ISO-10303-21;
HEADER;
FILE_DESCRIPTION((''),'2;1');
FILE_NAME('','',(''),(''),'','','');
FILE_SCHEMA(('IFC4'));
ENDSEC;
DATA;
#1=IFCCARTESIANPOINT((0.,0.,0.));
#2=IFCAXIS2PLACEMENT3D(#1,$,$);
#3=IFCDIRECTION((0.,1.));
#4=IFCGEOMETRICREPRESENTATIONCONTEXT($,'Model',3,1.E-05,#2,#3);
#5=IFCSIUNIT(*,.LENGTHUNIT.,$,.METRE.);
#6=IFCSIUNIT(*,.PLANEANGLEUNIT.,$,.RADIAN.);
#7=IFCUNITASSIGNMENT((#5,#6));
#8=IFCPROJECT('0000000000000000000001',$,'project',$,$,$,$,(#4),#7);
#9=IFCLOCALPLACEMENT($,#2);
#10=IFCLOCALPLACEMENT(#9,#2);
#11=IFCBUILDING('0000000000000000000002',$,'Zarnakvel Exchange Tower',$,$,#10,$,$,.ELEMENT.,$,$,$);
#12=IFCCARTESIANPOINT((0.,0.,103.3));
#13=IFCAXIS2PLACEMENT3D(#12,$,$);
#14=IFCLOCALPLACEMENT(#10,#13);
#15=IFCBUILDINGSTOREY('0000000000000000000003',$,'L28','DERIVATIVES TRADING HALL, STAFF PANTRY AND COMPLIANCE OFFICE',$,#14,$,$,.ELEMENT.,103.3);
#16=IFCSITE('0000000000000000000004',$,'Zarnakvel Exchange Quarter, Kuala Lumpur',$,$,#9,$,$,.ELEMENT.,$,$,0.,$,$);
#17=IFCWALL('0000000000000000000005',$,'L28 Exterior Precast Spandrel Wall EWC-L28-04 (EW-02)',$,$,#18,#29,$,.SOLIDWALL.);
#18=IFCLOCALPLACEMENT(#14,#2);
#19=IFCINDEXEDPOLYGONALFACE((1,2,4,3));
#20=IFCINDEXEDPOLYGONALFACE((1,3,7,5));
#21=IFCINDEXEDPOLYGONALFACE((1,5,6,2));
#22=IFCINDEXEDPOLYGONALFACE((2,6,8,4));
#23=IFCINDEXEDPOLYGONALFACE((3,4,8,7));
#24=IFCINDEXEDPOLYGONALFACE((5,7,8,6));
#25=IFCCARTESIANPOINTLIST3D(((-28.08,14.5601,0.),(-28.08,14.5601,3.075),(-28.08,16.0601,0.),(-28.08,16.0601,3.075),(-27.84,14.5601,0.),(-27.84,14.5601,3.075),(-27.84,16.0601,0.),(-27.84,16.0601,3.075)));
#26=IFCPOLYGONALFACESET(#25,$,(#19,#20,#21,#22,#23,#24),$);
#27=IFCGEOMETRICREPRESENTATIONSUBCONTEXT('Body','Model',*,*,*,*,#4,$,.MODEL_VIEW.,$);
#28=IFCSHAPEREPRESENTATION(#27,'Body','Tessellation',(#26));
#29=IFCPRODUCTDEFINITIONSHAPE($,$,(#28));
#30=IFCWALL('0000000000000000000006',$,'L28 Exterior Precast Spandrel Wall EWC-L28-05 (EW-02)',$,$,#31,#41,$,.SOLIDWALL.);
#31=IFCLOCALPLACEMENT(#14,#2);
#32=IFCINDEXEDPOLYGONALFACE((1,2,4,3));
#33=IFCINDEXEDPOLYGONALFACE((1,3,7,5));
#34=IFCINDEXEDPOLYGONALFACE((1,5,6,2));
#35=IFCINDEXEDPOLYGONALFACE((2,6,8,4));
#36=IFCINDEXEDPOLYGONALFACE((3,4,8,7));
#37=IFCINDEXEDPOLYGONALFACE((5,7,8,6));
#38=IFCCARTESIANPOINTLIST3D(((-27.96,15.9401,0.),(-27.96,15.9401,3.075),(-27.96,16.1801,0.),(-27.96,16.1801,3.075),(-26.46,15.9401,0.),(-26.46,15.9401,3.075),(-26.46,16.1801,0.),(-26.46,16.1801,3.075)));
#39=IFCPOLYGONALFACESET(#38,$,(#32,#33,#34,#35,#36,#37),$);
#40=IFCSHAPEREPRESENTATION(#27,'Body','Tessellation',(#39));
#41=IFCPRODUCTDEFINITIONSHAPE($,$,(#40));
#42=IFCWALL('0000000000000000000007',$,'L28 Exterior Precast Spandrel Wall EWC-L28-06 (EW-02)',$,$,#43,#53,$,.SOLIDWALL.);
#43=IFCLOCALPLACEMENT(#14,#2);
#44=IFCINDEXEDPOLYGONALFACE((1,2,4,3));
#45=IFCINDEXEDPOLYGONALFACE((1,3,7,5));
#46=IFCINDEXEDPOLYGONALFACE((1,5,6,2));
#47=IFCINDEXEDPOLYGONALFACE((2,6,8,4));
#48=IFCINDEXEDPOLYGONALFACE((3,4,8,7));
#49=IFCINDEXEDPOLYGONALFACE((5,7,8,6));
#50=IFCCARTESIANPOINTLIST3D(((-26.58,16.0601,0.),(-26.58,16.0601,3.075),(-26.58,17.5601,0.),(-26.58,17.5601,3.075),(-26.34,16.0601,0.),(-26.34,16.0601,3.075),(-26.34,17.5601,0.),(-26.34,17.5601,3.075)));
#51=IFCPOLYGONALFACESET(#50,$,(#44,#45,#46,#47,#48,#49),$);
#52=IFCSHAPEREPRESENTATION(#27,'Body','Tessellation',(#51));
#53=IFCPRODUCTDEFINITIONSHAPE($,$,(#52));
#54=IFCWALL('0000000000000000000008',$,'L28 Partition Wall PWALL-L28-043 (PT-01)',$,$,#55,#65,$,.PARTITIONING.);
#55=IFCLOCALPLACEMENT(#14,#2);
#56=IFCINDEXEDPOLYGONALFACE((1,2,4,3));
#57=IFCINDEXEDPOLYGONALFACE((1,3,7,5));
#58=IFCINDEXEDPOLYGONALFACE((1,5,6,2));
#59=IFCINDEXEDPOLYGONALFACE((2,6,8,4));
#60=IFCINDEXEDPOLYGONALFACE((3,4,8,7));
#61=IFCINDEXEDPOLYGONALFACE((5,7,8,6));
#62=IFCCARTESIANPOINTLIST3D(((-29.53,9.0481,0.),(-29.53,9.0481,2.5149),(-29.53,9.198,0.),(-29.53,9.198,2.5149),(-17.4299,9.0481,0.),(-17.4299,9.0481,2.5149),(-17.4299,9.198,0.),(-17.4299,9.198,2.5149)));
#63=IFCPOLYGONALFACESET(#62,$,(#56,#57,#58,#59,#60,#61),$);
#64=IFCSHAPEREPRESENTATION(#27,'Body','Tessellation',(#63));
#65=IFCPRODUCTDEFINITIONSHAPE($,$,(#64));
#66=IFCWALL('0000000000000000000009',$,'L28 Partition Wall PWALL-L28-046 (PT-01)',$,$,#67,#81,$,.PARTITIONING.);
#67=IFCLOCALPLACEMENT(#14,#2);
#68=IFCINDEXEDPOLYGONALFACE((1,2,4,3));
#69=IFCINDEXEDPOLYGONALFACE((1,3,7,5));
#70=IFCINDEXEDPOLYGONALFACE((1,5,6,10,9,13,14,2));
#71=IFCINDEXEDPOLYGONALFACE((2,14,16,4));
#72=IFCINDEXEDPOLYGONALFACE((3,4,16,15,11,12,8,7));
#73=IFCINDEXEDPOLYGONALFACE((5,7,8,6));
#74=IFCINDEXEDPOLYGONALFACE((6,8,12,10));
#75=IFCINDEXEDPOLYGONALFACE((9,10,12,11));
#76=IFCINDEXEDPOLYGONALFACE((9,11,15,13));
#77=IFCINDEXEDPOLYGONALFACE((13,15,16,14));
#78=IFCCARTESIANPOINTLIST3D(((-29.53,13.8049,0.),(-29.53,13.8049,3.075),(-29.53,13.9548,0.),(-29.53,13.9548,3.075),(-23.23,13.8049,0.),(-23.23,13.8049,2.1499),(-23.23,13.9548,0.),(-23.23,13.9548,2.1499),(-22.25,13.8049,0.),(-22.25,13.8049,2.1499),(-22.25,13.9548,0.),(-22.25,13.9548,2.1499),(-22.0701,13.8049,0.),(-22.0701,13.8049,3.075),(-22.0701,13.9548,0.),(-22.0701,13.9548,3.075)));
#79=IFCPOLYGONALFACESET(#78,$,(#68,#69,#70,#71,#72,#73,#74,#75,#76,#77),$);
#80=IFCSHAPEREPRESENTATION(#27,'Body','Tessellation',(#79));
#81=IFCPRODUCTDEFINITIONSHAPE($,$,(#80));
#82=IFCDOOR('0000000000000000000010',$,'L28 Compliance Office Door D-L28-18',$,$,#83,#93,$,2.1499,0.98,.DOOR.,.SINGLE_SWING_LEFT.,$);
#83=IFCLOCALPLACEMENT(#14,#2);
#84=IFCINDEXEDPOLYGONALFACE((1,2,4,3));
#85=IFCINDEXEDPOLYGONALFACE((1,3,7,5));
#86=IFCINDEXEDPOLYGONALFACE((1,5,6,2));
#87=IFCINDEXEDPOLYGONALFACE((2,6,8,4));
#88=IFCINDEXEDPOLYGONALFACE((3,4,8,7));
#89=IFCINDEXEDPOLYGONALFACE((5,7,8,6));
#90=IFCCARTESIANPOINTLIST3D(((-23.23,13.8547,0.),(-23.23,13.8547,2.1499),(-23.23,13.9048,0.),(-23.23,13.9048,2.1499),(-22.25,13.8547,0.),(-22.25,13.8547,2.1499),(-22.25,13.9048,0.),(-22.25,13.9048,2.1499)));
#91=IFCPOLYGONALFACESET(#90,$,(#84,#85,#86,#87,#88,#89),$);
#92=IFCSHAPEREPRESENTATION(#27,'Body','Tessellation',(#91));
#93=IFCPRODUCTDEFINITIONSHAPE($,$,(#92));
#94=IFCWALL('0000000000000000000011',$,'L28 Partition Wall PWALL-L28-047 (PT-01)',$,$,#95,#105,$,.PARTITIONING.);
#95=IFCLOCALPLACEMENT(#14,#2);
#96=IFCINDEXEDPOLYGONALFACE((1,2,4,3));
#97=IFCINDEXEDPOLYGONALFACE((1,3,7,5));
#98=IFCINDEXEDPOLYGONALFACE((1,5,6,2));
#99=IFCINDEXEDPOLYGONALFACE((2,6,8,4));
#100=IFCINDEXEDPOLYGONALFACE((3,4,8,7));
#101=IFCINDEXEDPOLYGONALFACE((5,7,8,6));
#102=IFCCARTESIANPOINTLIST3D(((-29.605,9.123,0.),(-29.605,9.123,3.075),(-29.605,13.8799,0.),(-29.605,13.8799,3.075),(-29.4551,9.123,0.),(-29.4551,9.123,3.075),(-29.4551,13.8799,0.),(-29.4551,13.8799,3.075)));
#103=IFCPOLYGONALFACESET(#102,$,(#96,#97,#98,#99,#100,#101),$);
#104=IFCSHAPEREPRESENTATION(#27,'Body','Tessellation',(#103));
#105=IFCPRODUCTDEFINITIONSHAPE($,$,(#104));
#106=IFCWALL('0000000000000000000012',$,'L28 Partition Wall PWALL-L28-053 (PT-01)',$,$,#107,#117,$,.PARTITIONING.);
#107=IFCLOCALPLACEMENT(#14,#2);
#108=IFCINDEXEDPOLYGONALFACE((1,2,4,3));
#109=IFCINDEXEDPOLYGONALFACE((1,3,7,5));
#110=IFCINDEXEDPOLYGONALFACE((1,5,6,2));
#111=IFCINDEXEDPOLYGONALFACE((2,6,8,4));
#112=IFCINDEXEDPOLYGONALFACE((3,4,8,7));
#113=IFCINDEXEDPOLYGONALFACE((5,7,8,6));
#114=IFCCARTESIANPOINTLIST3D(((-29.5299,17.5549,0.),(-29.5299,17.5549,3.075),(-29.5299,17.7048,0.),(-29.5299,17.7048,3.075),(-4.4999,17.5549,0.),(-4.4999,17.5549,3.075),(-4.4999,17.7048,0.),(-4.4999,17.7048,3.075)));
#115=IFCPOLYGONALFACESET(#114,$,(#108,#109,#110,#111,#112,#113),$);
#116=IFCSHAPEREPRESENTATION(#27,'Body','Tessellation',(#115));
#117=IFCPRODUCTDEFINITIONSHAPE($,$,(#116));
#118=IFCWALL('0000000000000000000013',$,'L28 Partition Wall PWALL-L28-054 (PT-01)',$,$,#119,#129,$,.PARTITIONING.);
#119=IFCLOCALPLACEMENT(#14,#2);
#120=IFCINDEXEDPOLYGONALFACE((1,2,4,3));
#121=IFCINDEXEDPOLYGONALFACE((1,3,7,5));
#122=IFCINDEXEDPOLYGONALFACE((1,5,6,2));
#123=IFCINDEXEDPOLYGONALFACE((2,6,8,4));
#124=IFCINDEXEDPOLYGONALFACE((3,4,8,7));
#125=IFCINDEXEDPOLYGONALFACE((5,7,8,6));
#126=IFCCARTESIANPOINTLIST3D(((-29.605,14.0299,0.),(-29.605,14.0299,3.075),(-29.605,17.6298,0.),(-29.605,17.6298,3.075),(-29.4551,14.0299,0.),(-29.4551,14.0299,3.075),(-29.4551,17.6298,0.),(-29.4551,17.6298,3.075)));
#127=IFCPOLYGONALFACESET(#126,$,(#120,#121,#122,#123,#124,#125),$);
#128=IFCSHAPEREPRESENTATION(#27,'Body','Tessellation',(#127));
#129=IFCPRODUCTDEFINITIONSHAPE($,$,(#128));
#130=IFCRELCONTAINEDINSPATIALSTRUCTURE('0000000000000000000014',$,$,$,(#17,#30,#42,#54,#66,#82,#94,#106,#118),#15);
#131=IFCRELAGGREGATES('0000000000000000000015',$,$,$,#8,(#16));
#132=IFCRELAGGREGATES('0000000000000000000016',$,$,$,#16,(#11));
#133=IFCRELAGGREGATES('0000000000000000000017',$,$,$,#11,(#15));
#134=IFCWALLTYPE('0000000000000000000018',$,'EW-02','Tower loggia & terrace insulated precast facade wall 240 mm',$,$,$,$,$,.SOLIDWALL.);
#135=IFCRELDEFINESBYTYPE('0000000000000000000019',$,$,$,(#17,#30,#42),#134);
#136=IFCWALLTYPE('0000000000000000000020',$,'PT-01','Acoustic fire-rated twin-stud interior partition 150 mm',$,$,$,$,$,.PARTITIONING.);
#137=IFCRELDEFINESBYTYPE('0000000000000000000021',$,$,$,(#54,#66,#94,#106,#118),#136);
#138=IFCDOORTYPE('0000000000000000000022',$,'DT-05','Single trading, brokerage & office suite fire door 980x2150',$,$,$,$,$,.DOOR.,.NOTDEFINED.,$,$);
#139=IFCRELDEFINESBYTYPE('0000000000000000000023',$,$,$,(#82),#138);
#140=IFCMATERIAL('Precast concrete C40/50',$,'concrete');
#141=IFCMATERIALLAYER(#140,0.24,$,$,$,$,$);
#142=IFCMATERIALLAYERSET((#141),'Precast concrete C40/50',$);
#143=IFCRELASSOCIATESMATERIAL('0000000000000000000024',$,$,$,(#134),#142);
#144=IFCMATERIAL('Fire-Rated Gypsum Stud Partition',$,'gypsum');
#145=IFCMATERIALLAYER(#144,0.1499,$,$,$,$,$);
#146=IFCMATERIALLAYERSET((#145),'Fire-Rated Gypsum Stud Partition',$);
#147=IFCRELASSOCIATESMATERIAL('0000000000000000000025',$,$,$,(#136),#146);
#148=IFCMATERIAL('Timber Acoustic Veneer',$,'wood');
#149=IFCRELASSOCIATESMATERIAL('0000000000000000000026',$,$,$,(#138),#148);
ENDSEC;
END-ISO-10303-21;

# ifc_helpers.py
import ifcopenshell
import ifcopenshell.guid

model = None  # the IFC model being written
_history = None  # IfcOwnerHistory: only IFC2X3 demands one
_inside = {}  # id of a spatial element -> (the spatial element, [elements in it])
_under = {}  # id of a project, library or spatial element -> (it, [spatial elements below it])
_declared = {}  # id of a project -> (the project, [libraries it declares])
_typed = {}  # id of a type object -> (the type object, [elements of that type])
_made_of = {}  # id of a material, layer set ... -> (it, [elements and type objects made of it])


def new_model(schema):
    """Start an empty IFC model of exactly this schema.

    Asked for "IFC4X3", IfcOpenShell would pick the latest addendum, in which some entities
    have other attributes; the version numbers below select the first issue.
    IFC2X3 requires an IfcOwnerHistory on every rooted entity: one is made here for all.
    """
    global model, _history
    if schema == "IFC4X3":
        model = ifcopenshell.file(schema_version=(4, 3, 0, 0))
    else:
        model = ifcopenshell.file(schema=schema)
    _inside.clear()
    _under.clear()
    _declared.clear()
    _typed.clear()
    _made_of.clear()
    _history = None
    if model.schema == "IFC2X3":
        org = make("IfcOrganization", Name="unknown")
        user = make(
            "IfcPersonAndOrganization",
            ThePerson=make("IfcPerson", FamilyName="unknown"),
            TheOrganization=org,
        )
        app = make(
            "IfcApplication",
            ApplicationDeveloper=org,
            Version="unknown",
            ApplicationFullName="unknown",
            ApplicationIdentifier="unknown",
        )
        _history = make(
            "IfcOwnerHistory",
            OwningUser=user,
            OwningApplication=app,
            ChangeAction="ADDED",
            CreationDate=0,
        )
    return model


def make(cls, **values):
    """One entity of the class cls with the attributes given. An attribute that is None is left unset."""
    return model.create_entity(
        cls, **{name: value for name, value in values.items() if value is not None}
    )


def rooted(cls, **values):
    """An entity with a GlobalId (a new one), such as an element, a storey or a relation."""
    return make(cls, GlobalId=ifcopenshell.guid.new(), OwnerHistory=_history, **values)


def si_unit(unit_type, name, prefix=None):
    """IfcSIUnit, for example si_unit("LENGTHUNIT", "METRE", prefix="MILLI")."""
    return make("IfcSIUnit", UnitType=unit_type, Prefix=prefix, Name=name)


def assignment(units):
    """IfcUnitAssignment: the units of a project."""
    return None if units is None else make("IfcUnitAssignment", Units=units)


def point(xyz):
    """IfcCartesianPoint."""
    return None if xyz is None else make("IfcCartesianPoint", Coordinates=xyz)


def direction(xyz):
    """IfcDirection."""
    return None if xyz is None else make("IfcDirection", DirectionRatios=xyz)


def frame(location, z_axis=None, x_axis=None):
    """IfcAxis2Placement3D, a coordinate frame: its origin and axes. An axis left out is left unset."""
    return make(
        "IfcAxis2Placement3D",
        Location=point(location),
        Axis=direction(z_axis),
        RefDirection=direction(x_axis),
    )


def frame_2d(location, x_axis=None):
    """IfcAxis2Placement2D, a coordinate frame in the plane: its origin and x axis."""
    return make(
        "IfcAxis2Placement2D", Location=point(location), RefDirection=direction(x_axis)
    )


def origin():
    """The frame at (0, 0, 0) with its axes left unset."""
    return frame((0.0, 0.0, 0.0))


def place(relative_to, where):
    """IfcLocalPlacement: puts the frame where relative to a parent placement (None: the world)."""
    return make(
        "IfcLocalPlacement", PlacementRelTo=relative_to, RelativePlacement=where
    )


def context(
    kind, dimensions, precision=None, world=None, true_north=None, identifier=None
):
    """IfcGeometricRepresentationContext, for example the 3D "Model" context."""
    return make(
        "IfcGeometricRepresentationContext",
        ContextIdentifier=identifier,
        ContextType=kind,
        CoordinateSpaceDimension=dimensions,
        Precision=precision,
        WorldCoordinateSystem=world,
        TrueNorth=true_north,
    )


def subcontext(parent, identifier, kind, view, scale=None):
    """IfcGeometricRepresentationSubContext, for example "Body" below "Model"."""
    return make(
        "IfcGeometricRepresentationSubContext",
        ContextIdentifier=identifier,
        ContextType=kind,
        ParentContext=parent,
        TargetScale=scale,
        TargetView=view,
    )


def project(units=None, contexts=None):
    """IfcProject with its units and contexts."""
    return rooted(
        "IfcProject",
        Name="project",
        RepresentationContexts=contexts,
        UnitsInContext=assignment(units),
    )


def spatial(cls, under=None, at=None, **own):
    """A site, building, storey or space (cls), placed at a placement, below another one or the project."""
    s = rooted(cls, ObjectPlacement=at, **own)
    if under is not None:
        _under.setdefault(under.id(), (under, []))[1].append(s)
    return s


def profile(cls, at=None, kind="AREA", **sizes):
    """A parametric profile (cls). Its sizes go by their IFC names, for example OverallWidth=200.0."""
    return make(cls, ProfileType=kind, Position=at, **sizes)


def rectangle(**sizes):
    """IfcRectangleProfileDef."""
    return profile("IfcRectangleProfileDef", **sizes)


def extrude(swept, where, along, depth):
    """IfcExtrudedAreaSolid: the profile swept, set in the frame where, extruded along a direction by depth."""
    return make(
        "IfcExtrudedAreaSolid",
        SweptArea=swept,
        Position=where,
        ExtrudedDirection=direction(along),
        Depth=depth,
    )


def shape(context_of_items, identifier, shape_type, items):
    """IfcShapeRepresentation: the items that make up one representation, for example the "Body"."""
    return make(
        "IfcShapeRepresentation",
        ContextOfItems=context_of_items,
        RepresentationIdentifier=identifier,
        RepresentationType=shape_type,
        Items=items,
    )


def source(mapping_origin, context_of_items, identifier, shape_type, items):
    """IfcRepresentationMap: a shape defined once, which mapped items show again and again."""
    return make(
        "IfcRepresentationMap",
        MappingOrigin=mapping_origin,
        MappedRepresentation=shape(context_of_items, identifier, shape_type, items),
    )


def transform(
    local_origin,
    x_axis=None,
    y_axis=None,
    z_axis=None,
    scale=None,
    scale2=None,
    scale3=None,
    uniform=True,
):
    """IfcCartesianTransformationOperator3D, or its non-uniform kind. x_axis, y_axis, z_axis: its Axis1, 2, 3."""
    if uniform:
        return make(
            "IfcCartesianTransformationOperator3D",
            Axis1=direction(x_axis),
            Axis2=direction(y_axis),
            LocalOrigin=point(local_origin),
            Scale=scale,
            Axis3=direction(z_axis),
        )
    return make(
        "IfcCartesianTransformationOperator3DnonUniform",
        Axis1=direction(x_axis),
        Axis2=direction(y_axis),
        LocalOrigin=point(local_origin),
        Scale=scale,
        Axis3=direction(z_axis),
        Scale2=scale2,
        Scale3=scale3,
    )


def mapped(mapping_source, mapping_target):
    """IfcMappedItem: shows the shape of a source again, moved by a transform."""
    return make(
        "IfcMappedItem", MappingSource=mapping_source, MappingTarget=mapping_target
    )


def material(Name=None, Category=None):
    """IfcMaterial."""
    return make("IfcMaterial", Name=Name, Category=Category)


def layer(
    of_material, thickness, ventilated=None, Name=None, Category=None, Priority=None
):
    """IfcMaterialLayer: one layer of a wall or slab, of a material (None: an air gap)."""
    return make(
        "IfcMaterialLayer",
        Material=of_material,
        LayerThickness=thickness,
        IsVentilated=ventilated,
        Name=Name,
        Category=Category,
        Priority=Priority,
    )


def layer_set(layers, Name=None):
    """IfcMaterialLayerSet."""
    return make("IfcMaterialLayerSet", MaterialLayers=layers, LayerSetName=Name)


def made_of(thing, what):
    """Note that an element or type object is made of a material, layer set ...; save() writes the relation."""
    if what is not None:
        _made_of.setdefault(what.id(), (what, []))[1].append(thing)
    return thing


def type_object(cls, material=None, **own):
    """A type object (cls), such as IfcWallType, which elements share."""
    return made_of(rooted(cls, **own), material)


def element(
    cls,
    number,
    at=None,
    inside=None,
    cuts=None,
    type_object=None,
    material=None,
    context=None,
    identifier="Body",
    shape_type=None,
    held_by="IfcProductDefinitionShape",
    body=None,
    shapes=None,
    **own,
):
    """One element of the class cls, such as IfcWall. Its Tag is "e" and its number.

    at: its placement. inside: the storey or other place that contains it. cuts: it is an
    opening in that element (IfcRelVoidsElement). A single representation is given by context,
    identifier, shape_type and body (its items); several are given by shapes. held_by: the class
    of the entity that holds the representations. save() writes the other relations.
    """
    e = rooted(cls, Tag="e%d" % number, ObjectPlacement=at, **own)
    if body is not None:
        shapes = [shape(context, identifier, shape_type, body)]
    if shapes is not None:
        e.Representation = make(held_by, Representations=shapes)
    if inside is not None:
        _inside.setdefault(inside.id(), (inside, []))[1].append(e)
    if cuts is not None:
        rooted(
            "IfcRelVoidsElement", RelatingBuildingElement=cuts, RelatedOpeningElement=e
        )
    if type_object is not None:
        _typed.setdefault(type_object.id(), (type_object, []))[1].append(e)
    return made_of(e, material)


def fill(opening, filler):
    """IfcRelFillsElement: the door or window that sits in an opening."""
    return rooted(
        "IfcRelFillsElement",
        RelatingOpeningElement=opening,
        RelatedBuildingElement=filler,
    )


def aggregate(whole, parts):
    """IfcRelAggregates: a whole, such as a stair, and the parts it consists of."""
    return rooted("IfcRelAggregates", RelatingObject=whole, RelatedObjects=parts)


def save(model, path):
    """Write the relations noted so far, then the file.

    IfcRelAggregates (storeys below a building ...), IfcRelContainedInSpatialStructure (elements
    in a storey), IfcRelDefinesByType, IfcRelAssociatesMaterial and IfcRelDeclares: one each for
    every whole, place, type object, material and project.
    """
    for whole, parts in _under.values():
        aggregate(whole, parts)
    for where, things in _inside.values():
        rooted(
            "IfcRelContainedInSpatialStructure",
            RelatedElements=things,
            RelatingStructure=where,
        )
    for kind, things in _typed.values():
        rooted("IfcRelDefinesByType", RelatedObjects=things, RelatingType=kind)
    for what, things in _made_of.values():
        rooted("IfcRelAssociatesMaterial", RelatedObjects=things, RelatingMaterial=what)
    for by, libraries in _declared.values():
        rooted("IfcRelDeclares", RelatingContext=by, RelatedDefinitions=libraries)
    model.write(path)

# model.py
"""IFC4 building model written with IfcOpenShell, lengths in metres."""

from ifc_helpers import new_model, si_unit, direction, frame, frame_2d, origin, place, context, subcontext, project, spatial, rectangle, extrude, source, transform, mapped, material, layer, layer_set, type_object, element, fill, save


model = new_model("IFC4")

# Units and contexts
model_context = context("Model", 3, precision=1e-05, world=origin(), true_north=direction((0.0, 1.0)))
body_context = subcontext(model_context, "Body", "Model", "MODEL_VIEW")
ifc_project = project(units=[si_unit("LENGTHUNIT", "METRE"), si_unit("PLANEANGLEUNIT", "RADIAN")], contexts=[model_context])

# Site, building, storey
site_placement = place(None, origin())
site = spatial("IfcSite", under=ifc_project, at=site_placement, Name="Zarnakvel Exchange Quarter, Kuala Lumpur", CompositionType="ELEMENT", RefElevation=0.0)
building_placement = place(site_placement, origin())
building = spatial("IfcBuilding", under=site, at=building_placement, Name="Zarnakvel Exchange Tower", CompositionType="ELEMENT")
storey_placement = place(building_placement, frame((0.0, 0.0, 103.3)))
storey = spatial("IfcBuildingStorey", under=building, at=storey_placement, Name="L28", Description="DERIVATIVES TRADING HALL, STAFF PANTRY AND COMPLIANCE OFFICE", CompositionType="ELEMENT", Elevation=103.3)

# Walls
ifc_material_1 = material(Name="Precast concrete C40/50", Category="concrete")
ifc_layer_1 = layer(ifc_material_1, 0.24)
ifc_layer_set_1 = layer_set([ifc_layer_1], Name="Precast concrete C40/50")
wall_type_1 = type_object("IfcWallType", Name="EW-02", Description="Tower loggia & terrace insulated precast facade wall 240 mm", PredefinedType="SOLIDWALL", material=ifc_layer_set_1)
for number, where, z_axis, x_axis, name in (
    (1, (-27.96, 16.0601, 0.0), (0.0, 0.0, 1.0), (0.0, -1.0, 0.0), "L28 Exterior Precast Spandrel Wall EWC-L28-04 (EW-02)"),
    (2, (-26.46, 16.0601, 0.0), (0.0, 0.0, 1.0), (-1.0, 0.0, 0.0), "L28 Exterior Precast Spandrel Wall EWC-L28-05 (EW-02)"),
    (3, (-26.46, 17.5601, 0.0), (0.0, 0.0, 1.0), (0.0, -1.0, 0.0), "L28 Exterior Precast Spandrel Wall EWC-L28-06 (EW-02)"),
):
    element("IfcWall", number, at=place(storey_placement, frame(where, z_axis=z_axis, x_axis=x_axis)), inside=storey, type_object=wall_type_1, Name=name, PredefinedType="SOLIDWALL", context=body_context, shape_type="SweptSolid", body=[
        extrude(rectangle(XDim=1.5, YDim=0.24, at=frame_2d((0.75, 0.0))), origin(), (0.0, 0.0, 1.0), 3.075),
    ])
ifc_material_2 = material(Name="Fire-Rated Gypsum Stud Partition", Category="gypsum")
ifc_layer_2 = layer(ifc_material_2, 0.1499)
ifc_layer_set_2 = layer_set([ifc_layer_2], Name="Fire-Rated Gypsum Stud Partition")
wall_type_2 = type_object("IfcWallType", Name="PT-01", Description="Acoustic fire-rated twin-stud interior partition 150 mm", PredefinedType="PARTITIONING", material=ifc_layer_set_2)
wall_1_placement = place(storey_placement, frame((-29.53, 9.123, 0.0), z_axis=(0.0, 0.0, 1.0), x_axis=(1.0, 0.0, 0.0)))
element("IfcWall", 4, at=wall_1_placement, inside=storey, type_object=wall_type_2, Name="L28 Partition Wall PWALL-L28-043 (PT-01)", PredefinedType="PARTITIONING", context=body_context, shape_type="SweptSolid", body=[
    extrude(rectangle(XDim=12.1001, YDim=0.1499, at=frame_2d((6.05, 0.0))), origin(), (0.0, 0.0, 1.0), 2.5149),
])

# Wall, opening, door
wall_2_placement = place(storey_placement, frame((-29.53, 13.8799, 0.0), z_axis=(0.0, 0.0, 1.0), x_axis=(1.0, 0.0, 0.0)))
wall_2 = element("IfcWall", 5, at=wall_2_placement, inside=storey, type_object=wall_type_2, Name="L28 Partition Wall PWALL-L28-046 (PT-01)", PredefinedType="PARTITIONING", context=body_context, shape_type="SweptSolid", body=[
    extrude(rectangle(XDim=7.46, YDim=0.1499, at=frame_2d((3.73, 0.0))), origin(), (0.0, 0.0, 1.0), 3.075),
])
opening_placement = place(wall_2_placement, frame((6.3, 0.0, 0.0)))
opening = element("IfcOpeningElement", 6, at=opening_placement, cuts=wall_2, PredefinedType="OPENING", context=body_context, shape_type="SweptSolid", body=[
    extrude(rectangle(XDim=0.98, YDim=2.1499, at=frame_2d((0.49, 1.075))), frame((0.0, 0.085, 0.0), z_axis=(0.0, -1.0, 0.0), x_axis=(1.0, 0.0, 0.0)), (0.0, 0.0, 1.0), 0.1699),
])
ifc_material_3 = material(Name="Timber Acoustic Veneer", Category="wood")
door_type = type_object("IfcDoorType", Name="DT-05", Description="Single trading, brokerage & office suite fire door 980x2150", OperationType="NOTDEFINED", PredefinedType="DOOR", material=ifc_material_3)
shared_shape_1 = source(origin(), body_context, "Body", "SweptSolid", [
    extrude(rectangle(XDim=0.98, YDim=2.1499, at=frame_2d((0.49, 1.075))), frame((0.0, 0.0249, 0.0), z_axis=(0.0, -1.0, 0.0), x_axis=(1.0, 0.0, 0.0)), (0.0, 0.0, 1.0), 0.05),
])
door_placement = place(opening_placement, origin())
door = element("IfcDoor", 7, at=door_placement, inside=storey, type_object=door_type, Name="L28 Compliance Office Door D-L28-18", OperationType="SINGLE_SWING_LEFT", OverallHeight=2.1499, OverallWidth=0.98, PredefinedType="DOOR", context=body_context, shape_type="MappedRepresentation", body=[
    mapped(shared_shape_1, transform((0.0, 0.0, 0.0), x_axis=(1.0, 0.0, 0.0), y_axis=(0.0, 1.0, 0.0), z_axis=(0.0, 0.0, 1.0), scale=1.0)),
])
fill(opening, door)

# Walls
wall_3_placement = place(storey_placement, frame((-29.53, 9.123, 0.0), z_axis=(0.0, 0.0, 1.0), x_axis=(0.0, 1.0, 0.0)))
element("IfcWall", 8, at=wall_3_placement, inside=storey, type_object=wall_type_2, Name="L28 Partition Wall PWALL-L28-047 (PT-01)", PredefinedType="PARTITIONING", context=body_context, shape_type="SweptSolid", body=[
    extrude(rectangle(XDim=4.7568, YDim=0.1499, at=frame_2d((2.3784, 0.0))), origin(), (0.0, 0.0, 1.0), 3.075),
])
wall_4_placement = place(storey_placement, frame((-29.53, 17.6299, 0.0), z_axis=(0.0, 0.0, 1.0), x_axis=(1.0, 0.0, 0.0)))
element("IfcWall", 9, at=wall_4_placement, inside=storey, type_object=wall_type_2, Name="L28 Partition Wall PWALL-L28-053 (PT-01)", PredefinedType="PARTITIONING", context=body_context, shape_type="SweptSolid", body=[
    extrude(rectangle(XDim=25.03, YDim=0.1499, at=frame_2d((12.5151, 0.0))), origin(), (0.0, 0.0, 1.0), 3.075),
])
wall_5_placement = place(storey_placement, frame((-29.53, 14.03, 0.0), z_axis=(0.0, 0.0, 1.0), x_axis=(0.0, 1.0, 0.0)))
element("IfcWall", 10, at=wall_5_placement, inside=storey, type_object=wall_type_2, Name="L28 Partition Wall PWALL-L28-054 (PT-01)", PredefinedType="PARTITIONING", context=body_context, shape_type="SweptSolid", body=[
    extrude(rectangle(XDim=3.5999, YDim=0.1499, at=frame_2d((1.7998, 0.0))), origin(), (0.0, 0.0, 1.0), 3.075),
])

save(model, "model.ifc")
